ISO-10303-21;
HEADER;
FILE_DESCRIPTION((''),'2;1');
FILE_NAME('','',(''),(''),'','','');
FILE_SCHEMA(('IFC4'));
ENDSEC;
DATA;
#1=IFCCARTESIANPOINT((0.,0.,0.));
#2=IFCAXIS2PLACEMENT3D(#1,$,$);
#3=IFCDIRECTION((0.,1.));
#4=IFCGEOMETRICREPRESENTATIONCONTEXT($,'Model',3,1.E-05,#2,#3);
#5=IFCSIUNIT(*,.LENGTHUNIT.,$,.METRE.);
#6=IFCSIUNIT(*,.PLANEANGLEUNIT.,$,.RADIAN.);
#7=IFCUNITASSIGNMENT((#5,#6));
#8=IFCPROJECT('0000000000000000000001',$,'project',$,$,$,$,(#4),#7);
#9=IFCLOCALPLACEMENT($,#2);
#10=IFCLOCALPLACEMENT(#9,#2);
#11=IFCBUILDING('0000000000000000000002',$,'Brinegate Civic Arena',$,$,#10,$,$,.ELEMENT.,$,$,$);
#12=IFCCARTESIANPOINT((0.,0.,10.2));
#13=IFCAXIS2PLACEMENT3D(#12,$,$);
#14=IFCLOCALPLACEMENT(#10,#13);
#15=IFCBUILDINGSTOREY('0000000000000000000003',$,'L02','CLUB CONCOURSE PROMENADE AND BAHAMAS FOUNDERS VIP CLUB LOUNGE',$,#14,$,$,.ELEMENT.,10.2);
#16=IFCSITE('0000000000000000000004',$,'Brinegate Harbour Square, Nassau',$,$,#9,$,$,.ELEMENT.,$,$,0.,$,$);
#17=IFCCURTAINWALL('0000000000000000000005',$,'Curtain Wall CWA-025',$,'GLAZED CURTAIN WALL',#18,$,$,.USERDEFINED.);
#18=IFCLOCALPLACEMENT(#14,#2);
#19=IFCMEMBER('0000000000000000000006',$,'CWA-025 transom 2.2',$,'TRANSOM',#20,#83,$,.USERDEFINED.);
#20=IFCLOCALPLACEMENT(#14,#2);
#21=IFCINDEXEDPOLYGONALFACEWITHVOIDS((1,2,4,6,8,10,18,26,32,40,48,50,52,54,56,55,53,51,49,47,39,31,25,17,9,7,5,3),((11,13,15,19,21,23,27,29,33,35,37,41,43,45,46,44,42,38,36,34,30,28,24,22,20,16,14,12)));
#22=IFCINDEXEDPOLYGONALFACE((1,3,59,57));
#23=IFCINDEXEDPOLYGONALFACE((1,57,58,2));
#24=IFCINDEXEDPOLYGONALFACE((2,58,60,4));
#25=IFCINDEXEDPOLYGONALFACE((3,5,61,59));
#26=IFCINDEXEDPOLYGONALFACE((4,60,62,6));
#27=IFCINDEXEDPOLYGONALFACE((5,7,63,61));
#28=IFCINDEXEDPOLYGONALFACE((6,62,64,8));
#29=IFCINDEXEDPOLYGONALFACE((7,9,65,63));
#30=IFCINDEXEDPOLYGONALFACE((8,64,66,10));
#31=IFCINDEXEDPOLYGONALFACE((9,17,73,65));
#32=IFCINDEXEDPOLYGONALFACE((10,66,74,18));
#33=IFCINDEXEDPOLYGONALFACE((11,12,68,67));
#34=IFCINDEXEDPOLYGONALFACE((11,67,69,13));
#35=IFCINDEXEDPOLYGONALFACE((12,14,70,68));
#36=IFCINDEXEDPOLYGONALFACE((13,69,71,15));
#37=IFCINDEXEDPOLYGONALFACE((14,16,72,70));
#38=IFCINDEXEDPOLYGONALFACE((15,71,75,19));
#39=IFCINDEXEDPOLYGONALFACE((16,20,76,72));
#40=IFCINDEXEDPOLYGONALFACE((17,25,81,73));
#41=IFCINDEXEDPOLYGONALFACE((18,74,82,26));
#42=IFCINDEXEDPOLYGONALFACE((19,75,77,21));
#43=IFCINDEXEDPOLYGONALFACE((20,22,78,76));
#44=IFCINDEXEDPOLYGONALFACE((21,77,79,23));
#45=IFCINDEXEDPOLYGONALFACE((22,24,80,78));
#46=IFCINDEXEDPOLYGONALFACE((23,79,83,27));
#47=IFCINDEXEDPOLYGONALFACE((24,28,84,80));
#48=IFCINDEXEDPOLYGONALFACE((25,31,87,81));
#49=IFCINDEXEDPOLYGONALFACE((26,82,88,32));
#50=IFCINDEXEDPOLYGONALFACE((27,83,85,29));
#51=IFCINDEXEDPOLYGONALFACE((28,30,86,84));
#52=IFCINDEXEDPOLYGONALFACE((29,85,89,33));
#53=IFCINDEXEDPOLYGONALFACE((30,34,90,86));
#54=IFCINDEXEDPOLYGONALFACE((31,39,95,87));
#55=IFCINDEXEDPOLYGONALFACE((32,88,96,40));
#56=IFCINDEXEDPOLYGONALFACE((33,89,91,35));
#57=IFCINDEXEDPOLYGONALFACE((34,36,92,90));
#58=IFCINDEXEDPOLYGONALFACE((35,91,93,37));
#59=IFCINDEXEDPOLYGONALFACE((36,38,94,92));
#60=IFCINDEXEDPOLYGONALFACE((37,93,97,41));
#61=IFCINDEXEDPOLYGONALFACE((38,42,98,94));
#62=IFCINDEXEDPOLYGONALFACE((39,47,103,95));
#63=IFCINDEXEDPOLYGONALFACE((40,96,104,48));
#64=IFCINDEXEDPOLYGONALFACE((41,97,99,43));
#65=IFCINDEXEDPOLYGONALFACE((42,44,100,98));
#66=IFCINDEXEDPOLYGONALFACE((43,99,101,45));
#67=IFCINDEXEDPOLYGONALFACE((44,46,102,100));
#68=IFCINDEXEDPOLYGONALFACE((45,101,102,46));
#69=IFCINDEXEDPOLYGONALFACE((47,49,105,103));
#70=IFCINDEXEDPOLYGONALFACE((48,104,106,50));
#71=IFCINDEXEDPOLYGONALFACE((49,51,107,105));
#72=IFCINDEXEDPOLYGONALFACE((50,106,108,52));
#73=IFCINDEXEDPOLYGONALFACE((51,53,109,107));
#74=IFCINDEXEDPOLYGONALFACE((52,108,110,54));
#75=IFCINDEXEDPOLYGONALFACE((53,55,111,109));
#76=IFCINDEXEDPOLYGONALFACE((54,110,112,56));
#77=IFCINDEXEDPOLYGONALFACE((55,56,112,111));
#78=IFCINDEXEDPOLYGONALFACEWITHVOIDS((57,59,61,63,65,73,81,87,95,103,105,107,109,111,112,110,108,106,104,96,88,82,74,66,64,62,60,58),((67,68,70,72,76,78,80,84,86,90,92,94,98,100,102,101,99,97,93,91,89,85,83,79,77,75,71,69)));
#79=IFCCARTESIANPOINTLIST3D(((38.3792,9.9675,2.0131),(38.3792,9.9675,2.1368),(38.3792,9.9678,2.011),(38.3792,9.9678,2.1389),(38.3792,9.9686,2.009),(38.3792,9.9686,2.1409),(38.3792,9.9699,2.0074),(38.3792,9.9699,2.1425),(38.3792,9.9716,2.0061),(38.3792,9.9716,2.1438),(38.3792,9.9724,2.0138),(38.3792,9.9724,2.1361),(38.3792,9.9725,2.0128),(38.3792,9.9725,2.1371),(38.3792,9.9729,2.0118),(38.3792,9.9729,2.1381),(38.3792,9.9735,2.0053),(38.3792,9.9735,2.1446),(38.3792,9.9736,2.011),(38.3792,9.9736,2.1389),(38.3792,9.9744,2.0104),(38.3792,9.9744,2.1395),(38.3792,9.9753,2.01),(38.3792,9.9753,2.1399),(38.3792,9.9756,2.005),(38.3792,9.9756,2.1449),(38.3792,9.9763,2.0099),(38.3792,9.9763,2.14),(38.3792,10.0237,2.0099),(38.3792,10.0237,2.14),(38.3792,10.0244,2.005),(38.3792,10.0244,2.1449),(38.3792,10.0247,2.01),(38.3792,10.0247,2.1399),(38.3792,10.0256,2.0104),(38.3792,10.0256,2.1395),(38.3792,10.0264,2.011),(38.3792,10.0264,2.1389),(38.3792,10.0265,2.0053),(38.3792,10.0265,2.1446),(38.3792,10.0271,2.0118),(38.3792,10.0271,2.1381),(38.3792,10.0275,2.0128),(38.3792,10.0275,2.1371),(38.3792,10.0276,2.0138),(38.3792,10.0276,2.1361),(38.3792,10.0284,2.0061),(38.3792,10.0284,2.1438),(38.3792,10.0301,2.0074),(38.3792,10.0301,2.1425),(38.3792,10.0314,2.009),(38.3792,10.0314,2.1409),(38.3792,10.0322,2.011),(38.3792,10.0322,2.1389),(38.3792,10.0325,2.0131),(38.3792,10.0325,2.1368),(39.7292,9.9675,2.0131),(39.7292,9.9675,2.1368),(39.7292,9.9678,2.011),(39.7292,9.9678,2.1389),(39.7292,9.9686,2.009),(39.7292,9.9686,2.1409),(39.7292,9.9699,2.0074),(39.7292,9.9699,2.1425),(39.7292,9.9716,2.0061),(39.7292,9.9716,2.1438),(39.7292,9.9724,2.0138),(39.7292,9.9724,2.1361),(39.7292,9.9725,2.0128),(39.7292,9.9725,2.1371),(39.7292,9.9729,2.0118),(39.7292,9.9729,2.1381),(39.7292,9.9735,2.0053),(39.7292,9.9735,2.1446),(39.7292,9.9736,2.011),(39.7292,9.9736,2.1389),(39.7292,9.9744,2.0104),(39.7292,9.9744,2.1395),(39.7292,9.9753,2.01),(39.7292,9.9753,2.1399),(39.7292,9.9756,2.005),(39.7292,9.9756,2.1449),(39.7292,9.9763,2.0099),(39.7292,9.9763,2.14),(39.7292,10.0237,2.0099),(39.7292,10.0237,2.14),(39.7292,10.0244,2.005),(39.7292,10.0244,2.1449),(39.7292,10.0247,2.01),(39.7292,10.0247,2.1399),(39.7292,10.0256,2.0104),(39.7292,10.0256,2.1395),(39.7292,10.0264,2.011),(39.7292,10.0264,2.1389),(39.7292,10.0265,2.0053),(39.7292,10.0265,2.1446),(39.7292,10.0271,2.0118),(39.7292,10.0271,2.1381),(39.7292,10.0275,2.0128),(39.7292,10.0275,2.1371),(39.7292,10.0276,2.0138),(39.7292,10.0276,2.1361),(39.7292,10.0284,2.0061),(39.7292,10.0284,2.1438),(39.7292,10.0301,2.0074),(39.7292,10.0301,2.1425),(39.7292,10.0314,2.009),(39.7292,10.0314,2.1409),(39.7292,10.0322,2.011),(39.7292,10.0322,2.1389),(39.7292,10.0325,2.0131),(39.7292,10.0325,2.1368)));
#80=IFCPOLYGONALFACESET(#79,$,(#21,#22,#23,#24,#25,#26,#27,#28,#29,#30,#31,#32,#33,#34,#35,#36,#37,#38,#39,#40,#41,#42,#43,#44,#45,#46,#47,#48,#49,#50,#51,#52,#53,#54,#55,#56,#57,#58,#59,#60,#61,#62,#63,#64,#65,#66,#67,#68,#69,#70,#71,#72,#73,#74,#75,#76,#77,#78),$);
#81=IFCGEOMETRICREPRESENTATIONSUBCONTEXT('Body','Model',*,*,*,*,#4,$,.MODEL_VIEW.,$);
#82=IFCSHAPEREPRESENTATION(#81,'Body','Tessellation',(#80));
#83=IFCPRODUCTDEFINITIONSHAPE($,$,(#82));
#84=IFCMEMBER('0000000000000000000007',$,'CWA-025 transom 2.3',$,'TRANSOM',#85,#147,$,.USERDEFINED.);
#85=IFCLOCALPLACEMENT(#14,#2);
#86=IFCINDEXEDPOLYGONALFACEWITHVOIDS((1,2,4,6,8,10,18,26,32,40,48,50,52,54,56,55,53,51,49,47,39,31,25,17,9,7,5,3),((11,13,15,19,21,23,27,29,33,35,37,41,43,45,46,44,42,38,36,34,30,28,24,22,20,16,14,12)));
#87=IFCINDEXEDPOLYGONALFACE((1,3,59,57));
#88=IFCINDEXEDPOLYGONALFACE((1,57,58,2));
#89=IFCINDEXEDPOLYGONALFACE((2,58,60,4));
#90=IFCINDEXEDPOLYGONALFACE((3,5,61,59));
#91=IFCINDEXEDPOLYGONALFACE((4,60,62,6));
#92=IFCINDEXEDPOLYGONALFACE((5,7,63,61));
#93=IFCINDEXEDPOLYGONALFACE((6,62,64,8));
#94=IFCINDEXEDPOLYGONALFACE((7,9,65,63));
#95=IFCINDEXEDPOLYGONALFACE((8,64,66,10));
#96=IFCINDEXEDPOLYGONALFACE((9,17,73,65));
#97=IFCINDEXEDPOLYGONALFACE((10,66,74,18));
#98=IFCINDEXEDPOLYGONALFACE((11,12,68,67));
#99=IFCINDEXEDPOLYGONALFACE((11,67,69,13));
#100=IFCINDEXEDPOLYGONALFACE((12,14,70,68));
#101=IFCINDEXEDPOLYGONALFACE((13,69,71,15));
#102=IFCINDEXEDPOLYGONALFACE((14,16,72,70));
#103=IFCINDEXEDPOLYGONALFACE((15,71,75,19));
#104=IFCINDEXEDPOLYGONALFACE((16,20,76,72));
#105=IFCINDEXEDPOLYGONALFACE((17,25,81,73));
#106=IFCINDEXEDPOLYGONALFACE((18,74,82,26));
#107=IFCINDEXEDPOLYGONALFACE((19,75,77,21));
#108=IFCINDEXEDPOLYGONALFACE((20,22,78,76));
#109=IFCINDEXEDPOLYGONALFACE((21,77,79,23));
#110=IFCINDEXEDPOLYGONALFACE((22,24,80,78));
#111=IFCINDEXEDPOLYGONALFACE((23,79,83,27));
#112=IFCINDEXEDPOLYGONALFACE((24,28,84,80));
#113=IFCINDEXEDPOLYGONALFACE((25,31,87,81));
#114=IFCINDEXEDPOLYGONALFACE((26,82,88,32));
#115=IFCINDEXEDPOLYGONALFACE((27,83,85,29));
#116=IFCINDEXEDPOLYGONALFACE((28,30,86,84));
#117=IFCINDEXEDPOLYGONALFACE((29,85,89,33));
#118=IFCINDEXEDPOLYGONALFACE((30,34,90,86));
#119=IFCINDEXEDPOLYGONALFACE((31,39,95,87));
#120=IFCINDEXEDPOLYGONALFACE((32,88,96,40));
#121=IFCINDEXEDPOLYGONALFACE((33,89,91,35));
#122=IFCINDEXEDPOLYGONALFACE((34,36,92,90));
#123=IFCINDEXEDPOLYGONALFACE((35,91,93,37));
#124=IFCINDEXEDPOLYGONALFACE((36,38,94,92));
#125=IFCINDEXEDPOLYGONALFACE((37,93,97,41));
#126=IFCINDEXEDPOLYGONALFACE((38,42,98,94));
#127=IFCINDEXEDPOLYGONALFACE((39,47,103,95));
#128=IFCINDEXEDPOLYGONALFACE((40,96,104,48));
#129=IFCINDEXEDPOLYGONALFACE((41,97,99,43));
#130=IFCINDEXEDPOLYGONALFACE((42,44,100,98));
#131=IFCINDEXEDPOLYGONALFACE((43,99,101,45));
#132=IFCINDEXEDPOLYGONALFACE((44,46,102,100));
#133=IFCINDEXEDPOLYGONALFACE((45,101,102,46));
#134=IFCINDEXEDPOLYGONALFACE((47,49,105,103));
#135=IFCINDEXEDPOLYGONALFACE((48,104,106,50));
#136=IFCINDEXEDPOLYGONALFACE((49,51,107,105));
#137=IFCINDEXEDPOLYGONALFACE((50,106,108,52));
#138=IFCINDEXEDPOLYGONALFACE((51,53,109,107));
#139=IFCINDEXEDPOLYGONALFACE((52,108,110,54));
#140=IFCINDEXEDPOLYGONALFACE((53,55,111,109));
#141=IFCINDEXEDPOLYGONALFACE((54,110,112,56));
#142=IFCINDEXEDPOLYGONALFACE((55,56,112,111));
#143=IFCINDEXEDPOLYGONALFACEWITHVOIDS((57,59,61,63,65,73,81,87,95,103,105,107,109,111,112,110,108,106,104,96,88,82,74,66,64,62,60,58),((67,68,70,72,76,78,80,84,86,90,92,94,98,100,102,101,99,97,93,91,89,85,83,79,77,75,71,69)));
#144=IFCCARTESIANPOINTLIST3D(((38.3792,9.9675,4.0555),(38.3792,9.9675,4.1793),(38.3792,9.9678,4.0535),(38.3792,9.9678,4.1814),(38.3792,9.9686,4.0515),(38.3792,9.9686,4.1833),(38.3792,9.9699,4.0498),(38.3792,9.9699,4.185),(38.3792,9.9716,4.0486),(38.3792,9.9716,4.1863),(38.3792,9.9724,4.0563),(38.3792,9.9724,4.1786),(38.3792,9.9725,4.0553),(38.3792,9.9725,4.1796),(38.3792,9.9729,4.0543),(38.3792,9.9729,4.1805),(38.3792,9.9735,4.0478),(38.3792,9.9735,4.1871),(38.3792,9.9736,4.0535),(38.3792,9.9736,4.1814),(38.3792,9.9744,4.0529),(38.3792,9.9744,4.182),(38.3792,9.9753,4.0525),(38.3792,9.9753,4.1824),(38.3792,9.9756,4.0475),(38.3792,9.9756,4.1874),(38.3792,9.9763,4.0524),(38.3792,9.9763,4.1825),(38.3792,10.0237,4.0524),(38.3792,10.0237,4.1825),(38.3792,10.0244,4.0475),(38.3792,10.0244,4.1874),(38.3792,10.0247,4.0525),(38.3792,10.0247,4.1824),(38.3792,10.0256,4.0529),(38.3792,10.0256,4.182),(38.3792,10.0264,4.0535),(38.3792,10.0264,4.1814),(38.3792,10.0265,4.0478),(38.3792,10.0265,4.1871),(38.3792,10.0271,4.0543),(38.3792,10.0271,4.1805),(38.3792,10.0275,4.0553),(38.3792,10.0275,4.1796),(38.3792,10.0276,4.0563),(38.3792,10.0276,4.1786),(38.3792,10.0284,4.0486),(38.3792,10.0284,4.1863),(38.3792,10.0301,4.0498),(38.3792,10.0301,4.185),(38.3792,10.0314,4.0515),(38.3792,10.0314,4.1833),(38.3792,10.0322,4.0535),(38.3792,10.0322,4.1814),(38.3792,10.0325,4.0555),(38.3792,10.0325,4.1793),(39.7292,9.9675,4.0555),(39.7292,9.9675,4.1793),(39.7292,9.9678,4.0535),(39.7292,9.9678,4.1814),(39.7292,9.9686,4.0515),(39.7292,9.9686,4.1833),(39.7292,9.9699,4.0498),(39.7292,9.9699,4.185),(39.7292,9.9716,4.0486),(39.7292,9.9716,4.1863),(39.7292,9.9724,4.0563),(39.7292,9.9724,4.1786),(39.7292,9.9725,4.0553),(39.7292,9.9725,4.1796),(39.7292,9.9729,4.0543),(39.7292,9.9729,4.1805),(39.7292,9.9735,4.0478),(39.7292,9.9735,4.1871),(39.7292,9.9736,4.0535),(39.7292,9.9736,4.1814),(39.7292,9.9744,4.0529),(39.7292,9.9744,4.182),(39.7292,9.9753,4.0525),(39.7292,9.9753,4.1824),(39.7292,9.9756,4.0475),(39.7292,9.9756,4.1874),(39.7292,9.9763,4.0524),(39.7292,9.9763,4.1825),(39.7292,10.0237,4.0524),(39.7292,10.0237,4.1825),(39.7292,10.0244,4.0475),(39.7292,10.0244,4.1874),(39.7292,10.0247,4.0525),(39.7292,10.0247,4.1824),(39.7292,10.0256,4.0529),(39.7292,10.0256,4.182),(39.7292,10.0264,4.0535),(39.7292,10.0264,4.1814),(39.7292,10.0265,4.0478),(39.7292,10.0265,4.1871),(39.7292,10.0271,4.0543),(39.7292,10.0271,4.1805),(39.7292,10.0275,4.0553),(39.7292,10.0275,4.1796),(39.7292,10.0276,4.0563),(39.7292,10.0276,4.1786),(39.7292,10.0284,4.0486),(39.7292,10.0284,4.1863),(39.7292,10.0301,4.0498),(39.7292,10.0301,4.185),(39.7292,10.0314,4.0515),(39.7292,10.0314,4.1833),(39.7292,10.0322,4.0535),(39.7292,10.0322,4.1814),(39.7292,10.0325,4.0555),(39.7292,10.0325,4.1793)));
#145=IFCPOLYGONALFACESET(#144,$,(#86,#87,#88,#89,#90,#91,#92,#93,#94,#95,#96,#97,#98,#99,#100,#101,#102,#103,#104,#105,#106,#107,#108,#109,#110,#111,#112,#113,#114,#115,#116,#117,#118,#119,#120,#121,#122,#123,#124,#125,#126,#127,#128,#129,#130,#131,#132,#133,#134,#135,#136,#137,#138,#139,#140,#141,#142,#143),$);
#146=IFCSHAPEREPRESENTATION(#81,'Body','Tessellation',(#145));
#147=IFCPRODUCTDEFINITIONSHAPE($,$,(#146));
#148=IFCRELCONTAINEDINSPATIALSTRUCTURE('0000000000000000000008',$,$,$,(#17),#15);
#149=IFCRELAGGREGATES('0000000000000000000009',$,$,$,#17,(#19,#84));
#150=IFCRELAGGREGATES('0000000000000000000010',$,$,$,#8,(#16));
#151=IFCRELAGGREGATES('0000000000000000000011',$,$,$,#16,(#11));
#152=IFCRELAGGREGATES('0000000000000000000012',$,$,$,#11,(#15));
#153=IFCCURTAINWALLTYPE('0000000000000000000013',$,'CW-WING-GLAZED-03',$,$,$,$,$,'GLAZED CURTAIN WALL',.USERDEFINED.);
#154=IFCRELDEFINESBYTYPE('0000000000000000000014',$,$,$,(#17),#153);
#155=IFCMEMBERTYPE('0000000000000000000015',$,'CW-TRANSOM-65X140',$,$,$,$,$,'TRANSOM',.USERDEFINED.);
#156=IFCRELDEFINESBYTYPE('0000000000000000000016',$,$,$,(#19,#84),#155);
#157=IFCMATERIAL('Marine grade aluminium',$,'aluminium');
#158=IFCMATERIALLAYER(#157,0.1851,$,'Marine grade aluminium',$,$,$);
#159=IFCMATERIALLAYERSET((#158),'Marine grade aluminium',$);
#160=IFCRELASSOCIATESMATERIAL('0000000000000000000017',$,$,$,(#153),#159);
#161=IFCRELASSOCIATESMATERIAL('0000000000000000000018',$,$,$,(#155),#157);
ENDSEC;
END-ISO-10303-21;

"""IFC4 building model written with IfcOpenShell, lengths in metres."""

from ifc_helpers import new_model, si_unit, direction, frame, origin, origin_2d, place, context, subcontext, project, spatial, hollow_rectangle, extrude, material, layer, layer_set, material_profile, profile_set, type_object, element, aggregate, save


model = new_model("IFC4")

# Units and contexts
model_context = context("Model", 3, precision=1e-05, world=origin(), true_north=direction((0.0, 1.0)))
body_context = subcontext(model_context, "Body", "Model", "MODEL_VIEW")
ifc_project = project(units=[si_unit("LENGTHUNIT", "METRE"), si_unit("PLANEANGLEUNIT", "RADIAN")], contexts=[model_context])

# Site, building, storey
site_placement = place(None, origin())
site = spatial("IfcSite", under=ifc_project, at=site_placement, Name="Brinegate Harbour Square, Nassau", CompositionType="ELEMENT", RefElevation=0.0)
building_placement = place(site_placement, origin())
building = spatial("IfcBuilding", under=site, at=building_placement, Name="Brinegate Civic Arena", CompositionType="ELEMENT")
storey_placement = place(building_placement, frame((0.0, 0.0, 10.2)))
storey = spatial("IfcBuildingStorey", under=building, at=storey_placement, Name="L02", Description="CLUB CONCOURSE PROMENADE AND BAHAMAS FOUNDERS VIP CLUB LOUNGE", CompositionType="ELEMENT", Elevation=10.2)

# Curtain wall, members
ifc_material_1 = material(Name="Marine grade aluminium", Category="aluminium")
ifc_layer_1 = layer(ifc_material_1, 0.1851, Name="Marine grade aluminium")
ifc_layer_set_1 = layer_set([ifc_layer_1], Name="Marine grade aluminium")
curtain_wall_type = type_object("IfcCurtainWallType", Name="CW-WING-GLAZED-03", ElementType="GLAZED CURTAIN WALL", PredefinedType="USERDEFINED", material=ifc_layer_set_1)
curtain_wall_1_placement = place(storey_placement, origin())
curtain_wall_1 = element("IfcCurtainWall", 1, at=curtain_wall_1_placement, inside=storey, type_object=curtain_wall_type, Name="Curtain Wall CWA-025", ObjectType="GLAZED CURTAIN WALL", PredefinedType="USERDEFINED")
ifc_material_profile_1 = material_profile(ifc_material_1, hollow_rectangle(XDim=0.0649, YDim=0.1399, WallThickness=0.0049, InnerFilletRadius=0.0039, OuterFilletRadius=0.0081, at=origin_2d()), Name="TRN65X140")
ifc_profile_set_1 = profile_set([ifc_material_profile_1], Name="Marine grade aluminium")
member_type_1 = type_object("IfcMemberType", Name="CW-TRANSOM-65X140", ElementType="TRANSOM", PredefinedType="USERDEFINED", material=ifc_profile_set_1)
member_1_placement = place(storey_placement, frame((38.3792, 10.0, 2.075), z_axis=(1.0, 0.0, 0.0), x_axis=(0.0, 1.0, 0.0)))
member_1 = element("IfcMember", 2, at=member_1_placement, type_object=member_type_1, Name="CWA-025 transom 2.2", ObjectType="TRANSOM", PredefinedType="USERDEFINED", context=body_context, shape_type="SweptSolid", body=[
    extrude(hollow_rectangle(XDim=0.0649, YDim=0.1399, WallThickness=0.0049, InnerFilletRadius=0.0039, OuterFilletRadius=0.0081, at=origin_2d()), origin(), (0.0, 0.0, 1.0), 1.3501),
])
member_2_placement = place(storey_placement, frame((38.3792, 10.0, 4.1174), z_axis=(1.0, 0.0, 0.0), x_axis=(0.0, 1.0, 0.0)))
member_2 = element("IfcMember", 3, at=member_2_placement, type_object=member_type_1, Name="CWA-025 transom 2.3", ObjectType="TRANSOM", PredefinedType="USERDEFINED", context=body_context, shape_type="SweptSolid", body=[
    extrude(hollow_rectangle(XDim=0.0649, YDim=0.1399, WallThickness=0.0049, InnerFilletRadius=0.0039, OuterFilletRadius=0.0081, at=origin_2d()), origin(), (0.0, 0.0, 1.0), 1.3501),
])

aggregate(curtain_wall_1, [member_1, member_2])

save(model, "model.ifc")
